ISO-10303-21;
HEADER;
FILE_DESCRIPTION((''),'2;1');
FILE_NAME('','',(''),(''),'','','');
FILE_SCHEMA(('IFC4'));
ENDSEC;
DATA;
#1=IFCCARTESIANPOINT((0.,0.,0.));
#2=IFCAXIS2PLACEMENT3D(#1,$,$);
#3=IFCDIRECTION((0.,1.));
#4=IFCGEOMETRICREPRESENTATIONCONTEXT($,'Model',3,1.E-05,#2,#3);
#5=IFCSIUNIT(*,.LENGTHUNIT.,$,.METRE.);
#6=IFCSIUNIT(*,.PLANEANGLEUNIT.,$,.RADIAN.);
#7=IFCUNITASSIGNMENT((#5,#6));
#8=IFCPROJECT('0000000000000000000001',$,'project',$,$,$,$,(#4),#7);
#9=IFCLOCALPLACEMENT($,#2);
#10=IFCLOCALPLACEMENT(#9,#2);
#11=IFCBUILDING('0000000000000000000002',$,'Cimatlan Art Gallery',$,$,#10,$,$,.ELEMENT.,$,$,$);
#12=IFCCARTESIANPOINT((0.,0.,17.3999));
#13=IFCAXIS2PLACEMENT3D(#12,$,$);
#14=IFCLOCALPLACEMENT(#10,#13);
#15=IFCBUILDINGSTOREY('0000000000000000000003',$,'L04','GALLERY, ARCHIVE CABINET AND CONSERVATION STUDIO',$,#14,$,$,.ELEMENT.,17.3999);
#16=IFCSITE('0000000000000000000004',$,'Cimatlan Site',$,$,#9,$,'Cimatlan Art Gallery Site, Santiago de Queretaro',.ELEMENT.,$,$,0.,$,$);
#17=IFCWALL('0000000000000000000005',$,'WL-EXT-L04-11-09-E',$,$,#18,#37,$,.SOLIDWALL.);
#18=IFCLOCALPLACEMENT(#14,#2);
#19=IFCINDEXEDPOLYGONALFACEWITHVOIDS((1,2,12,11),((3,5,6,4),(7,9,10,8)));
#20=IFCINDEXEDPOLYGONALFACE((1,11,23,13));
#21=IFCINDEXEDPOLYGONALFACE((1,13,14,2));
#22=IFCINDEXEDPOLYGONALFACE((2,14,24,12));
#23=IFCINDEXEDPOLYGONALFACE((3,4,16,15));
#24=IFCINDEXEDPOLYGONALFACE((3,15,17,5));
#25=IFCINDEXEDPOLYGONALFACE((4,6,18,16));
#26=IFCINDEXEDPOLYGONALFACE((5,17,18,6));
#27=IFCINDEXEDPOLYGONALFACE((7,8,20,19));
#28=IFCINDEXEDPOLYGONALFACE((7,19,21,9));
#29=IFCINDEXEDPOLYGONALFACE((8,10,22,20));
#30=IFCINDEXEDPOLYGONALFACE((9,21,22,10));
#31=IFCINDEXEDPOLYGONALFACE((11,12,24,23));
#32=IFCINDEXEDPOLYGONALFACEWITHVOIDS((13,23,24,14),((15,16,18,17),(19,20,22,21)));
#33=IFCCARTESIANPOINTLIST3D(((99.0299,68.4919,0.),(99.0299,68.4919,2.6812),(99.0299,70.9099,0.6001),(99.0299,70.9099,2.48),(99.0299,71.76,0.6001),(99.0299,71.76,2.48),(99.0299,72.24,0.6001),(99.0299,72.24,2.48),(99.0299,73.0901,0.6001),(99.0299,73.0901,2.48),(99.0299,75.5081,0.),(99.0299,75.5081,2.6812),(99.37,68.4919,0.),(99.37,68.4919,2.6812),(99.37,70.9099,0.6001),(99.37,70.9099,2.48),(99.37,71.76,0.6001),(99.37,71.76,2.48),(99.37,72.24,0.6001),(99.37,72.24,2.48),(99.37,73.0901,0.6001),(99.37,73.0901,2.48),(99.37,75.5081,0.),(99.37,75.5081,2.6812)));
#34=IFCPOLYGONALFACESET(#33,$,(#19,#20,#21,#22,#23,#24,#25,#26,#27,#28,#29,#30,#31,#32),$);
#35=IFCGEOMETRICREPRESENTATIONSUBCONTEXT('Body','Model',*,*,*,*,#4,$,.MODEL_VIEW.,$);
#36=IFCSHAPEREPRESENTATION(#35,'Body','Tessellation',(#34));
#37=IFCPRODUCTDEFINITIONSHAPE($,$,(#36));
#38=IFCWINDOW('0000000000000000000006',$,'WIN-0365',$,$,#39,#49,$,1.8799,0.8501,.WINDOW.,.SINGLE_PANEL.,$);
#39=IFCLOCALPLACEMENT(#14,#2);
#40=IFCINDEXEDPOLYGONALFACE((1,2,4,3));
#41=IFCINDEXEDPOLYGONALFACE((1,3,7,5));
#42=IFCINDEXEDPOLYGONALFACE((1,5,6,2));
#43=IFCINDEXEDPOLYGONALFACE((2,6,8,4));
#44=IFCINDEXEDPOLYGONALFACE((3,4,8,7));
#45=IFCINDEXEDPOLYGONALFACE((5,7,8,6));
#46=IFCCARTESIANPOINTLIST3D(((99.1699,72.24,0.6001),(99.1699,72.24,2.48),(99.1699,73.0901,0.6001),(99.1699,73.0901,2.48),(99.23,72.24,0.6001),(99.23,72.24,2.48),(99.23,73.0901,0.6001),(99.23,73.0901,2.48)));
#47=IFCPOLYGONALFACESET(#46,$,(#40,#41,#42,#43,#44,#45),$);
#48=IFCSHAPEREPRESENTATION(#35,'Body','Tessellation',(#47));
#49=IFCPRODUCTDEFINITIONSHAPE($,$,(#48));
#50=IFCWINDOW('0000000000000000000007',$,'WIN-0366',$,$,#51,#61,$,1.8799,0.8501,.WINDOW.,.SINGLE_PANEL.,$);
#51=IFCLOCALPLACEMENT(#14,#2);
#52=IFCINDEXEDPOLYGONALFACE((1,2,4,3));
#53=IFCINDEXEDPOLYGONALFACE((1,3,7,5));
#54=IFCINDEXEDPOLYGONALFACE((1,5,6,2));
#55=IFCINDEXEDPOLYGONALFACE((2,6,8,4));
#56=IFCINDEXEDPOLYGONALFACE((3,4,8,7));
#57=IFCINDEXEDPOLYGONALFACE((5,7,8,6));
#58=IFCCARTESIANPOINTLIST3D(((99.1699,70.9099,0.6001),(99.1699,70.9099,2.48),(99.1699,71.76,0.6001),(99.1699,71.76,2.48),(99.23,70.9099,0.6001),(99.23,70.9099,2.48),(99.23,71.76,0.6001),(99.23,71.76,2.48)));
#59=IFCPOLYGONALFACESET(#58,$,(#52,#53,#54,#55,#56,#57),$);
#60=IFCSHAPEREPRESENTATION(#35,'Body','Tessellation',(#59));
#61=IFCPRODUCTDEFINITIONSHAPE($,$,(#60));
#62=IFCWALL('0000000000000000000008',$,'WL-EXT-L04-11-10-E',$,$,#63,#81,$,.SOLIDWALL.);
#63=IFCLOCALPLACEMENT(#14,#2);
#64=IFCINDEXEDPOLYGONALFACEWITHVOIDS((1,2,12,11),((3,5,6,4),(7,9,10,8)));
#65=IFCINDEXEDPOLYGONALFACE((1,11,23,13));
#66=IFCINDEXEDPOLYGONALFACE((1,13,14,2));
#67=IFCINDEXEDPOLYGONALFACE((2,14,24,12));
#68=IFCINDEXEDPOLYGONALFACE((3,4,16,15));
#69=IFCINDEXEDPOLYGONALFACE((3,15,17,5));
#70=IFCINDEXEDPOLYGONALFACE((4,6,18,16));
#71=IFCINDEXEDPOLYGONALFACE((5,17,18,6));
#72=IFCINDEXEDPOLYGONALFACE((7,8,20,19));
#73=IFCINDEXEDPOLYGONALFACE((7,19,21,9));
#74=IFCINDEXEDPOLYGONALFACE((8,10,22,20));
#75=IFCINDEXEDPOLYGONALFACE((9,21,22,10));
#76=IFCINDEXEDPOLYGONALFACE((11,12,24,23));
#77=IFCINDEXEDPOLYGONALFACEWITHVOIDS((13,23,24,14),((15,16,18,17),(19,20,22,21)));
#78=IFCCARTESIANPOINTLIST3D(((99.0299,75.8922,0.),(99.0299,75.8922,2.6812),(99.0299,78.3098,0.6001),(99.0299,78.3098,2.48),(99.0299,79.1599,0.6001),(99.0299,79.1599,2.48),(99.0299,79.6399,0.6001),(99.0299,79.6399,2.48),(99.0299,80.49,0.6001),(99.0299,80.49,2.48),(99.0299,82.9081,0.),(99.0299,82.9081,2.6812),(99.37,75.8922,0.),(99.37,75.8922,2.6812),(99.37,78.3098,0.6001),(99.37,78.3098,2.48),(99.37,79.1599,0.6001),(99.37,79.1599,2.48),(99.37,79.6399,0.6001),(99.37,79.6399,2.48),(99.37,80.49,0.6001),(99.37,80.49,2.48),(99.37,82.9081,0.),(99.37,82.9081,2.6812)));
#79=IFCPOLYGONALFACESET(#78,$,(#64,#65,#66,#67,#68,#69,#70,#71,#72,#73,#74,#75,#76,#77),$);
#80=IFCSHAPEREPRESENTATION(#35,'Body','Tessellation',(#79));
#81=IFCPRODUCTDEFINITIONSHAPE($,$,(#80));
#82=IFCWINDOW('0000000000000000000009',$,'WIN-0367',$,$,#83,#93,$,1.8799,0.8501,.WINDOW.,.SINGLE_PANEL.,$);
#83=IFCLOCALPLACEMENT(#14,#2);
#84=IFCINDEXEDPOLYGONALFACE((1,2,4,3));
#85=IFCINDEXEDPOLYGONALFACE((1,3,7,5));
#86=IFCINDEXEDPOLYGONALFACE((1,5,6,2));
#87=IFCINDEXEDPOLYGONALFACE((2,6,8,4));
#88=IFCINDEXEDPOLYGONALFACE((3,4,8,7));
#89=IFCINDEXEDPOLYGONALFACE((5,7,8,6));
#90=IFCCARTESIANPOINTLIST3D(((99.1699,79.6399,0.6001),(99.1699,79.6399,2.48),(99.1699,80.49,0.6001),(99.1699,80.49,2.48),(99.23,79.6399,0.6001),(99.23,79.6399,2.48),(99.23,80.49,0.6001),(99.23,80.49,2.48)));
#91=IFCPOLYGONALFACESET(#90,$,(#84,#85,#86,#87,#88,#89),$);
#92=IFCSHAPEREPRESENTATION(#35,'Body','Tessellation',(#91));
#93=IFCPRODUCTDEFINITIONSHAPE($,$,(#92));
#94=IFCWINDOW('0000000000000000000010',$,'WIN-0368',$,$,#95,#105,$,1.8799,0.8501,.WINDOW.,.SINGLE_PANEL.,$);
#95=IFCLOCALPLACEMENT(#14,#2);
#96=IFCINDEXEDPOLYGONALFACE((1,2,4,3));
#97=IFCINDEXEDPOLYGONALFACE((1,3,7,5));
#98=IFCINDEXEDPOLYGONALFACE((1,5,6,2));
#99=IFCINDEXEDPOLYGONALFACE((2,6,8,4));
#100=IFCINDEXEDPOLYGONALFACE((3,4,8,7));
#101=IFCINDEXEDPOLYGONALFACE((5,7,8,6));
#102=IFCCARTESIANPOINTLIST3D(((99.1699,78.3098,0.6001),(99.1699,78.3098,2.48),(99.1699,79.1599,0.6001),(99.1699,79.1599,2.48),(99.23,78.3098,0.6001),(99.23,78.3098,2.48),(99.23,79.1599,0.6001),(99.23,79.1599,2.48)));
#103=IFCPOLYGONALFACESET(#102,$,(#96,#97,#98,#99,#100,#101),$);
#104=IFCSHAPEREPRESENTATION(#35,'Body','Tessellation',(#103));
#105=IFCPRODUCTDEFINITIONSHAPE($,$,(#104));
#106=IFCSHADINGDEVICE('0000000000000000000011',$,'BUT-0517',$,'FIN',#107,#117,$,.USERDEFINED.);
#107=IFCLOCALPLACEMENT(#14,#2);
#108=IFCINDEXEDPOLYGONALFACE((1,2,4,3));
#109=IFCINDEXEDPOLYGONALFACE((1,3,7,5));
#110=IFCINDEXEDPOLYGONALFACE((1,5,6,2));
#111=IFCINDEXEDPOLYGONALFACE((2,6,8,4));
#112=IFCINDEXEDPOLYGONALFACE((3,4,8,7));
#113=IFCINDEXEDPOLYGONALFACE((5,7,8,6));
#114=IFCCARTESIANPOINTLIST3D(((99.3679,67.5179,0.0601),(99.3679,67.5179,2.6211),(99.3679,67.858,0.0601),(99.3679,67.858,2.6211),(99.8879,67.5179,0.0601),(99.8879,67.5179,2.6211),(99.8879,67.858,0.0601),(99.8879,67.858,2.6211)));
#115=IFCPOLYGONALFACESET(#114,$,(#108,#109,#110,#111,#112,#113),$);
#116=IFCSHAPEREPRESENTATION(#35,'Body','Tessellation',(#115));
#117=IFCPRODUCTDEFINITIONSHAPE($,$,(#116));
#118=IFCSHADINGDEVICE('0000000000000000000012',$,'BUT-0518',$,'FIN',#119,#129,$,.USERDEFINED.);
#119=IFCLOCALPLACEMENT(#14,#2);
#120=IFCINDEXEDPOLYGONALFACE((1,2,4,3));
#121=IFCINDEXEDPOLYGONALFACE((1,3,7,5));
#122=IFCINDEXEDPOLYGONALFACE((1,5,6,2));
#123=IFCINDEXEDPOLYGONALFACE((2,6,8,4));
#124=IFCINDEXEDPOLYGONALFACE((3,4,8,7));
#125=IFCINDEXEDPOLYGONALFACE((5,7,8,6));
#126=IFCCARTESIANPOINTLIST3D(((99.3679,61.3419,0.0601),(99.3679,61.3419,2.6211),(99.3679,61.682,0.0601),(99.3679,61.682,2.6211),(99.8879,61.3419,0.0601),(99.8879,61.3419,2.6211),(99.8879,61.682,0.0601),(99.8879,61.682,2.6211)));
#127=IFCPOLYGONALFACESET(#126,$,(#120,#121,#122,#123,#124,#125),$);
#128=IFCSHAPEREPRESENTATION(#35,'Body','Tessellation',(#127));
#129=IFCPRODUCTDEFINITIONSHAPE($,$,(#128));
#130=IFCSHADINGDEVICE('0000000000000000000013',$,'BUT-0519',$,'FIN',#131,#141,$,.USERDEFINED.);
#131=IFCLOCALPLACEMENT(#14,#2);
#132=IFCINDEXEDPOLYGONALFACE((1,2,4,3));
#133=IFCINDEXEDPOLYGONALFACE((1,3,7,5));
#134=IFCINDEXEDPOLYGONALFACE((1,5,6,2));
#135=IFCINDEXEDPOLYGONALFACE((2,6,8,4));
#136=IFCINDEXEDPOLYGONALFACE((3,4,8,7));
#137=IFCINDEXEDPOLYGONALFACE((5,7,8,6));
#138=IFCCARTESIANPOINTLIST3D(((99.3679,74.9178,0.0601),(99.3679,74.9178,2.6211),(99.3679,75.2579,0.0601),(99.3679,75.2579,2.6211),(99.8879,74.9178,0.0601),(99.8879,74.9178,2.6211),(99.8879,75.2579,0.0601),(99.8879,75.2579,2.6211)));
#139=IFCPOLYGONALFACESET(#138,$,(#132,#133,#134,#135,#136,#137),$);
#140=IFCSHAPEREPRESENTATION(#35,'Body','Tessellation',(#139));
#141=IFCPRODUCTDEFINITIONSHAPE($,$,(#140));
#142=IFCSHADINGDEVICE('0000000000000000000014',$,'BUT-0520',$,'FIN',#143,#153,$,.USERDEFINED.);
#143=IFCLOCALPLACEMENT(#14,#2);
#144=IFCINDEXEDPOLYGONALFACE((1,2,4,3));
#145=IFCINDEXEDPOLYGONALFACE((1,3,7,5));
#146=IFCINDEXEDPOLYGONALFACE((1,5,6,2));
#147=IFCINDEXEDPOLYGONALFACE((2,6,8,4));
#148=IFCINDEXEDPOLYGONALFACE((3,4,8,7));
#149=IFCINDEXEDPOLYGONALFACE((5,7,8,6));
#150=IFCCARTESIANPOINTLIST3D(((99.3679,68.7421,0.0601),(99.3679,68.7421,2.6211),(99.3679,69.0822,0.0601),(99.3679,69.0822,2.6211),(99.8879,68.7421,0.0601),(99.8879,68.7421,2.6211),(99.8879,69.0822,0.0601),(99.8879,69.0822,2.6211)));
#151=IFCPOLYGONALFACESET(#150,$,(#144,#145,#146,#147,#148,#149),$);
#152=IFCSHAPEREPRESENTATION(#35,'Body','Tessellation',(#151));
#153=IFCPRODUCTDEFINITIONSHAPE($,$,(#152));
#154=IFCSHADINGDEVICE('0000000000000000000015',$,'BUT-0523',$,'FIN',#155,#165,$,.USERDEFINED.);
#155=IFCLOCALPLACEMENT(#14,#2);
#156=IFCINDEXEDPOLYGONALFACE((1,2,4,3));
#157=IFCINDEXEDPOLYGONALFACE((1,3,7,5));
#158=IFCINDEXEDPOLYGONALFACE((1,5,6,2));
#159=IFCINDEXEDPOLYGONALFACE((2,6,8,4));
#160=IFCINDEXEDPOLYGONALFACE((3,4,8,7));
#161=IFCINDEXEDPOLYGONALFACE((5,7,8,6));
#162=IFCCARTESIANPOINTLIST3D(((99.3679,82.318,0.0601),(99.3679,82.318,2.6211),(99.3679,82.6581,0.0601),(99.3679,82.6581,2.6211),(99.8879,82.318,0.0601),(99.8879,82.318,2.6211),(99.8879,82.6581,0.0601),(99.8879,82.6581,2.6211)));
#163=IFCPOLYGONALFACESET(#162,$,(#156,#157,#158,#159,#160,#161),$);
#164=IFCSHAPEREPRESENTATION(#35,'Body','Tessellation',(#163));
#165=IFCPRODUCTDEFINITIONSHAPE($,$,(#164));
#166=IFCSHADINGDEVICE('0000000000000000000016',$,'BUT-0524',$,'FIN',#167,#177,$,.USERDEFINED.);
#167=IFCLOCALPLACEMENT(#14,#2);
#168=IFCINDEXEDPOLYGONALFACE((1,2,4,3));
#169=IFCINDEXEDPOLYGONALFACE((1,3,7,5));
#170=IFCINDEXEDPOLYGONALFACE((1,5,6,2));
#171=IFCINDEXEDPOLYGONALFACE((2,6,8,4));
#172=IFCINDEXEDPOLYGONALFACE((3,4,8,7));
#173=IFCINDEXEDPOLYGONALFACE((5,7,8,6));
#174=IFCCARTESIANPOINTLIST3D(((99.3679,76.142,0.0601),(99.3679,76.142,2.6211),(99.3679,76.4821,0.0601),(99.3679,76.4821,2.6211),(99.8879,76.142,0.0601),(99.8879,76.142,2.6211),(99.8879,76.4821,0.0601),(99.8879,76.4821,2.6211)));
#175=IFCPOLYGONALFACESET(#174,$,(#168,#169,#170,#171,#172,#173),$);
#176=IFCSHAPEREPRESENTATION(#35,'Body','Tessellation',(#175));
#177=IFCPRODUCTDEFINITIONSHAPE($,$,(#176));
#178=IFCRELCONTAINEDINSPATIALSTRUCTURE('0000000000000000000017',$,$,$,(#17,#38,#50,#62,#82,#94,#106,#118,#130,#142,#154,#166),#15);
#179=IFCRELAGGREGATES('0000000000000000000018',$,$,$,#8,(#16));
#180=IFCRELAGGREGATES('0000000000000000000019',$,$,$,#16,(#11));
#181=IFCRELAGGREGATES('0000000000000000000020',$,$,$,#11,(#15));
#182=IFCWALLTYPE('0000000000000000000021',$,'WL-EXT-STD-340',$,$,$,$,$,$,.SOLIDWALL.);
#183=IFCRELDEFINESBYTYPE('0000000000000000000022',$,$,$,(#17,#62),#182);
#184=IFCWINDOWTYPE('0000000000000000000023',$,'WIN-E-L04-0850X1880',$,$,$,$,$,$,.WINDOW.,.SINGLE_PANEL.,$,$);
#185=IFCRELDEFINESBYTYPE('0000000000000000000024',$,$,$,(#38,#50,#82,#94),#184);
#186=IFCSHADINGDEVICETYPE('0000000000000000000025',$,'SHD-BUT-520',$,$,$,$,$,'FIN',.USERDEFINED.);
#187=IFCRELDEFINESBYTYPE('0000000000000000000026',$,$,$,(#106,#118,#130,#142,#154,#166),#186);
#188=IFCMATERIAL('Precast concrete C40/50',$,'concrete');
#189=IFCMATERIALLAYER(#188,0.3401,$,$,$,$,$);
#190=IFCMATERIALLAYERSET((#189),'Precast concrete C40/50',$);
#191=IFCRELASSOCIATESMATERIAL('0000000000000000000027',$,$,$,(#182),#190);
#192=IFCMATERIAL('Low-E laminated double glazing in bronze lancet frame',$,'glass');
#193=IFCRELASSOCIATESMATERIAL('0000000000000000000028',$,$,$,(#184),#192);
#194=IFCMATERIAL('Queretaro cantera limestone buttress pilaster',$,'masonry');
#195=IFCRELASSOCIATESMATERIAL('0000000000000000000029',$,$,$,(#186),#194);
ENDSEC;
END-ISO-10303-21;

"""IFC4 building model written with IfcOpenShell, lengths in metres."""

from ifc_helpers import new_model, si_unit, direction, frame, frame_2d, origin, origin_2d, place, context, subcontext, project, spatial, rectangle, extrude, material, layer, layer_set, type_object, element, fill, save


model = new_model("IFC4")

# Units and contexts
model_context = context("Model", 3, precision=1e-05, world=origin(), true_north=direction((0.0, 1.0)))
body_context = subcontext(model_context, "Body", "Model", "MODEL_VIEW")
ifc_project = project(units=[si_unit("LENGTHUNIT", "METRE"), si_unit("PLANEANGLEUNIT", "RADIAN")], contexts=[model_context])

# Site, building, storey
site_placement = place(None, origin())
site = spatial("IfcSite", under=ifc_project, at=site_placement, Name="Cimatlan Site", LongName="Cimatlan Art Gallery Site, Santiago de Queretaro", CompositionType="ELEMENT", RefElevation=0.0)
building_placement = place(site_placement, origin())
building = spatial("IfcBuilding", under=site, at=building_placement, Name="Cimatlan Art Gallery", CompositionType="ELEMENT")
storey_placement = place(building_placement, frame((0.0, 0.0, 17.3999)))
storey = spatial("IfcBuildingStorey", under=building, at=storey_placement, Name="L04", Description="GALLERY, ARCHIVE CABINET AND CONSERVATION STUDIO", CompositionType="ELEMENT", Elevation=17.3999)

# Walls, openings, windows
ifc_material_1 = material(Name="Precast concrete C40/50", Category="concrete")
ifc_layer = layer(ifc_material_1, 0.3401)
ifc_layer_set = layer_set([ifc_layer], Name="Precast concrete C40/50")
wall_type = type_object("IfcWallType", Name="WL-EXT-STD-340", PredefinedType="SOLIDWALL", material=ifc_layer_set)
ifc_material_2 = material(Name="Low-E laminated double glazing in bronze lancet frame", Category="glass")
window_type = type_object("IfcWindowType", Name="WIN-E-L04-0850X1880", PartitioningType="SINGLE_PANEL", PredefinedType="WINDOW", material=ifc_material_2)
wall_1_placement = place(storey_placement, frame((99.2, 75.5081, 0.0), z_axis=(0.0, 0.0, 1.0), x_axis=(0.0, -1.0, 0.0)))
wall_1 = element("IfcWall", 1, at=wall_1_placement, inside=storey, type_object=wall_type, Name="WL-EXT-L04-11-09-E", PredefinedType="SOLIDWALL", context=body_context, shape_type="SweptSolid", body=[
    extrude(rectangle(XDim=7.0161, YDim=0.3401, at=frame_2d((3.5081, 0.0))), origin(), (0.0, 0.0, 1.0), 2.6812),
])
opening_1_placement = place(wall_1_placement, frame((2.418, 0.0, 0.6001)))
opening_1 = element("IfcOpeningElement", 2, at=opening_1_placement, cuts=wall_1, PredefinedType="OPENING", context=body_context, shape_type="SweptSolid", body=[
    extrude(rectangle(XDim=0.8501, YDim=1.8799, at=frame_2d((0.425, 0.9399))), frame((0.0, 0.1802, 0.0), z_axis=(0.0, -1.0, 0.0), x_axis=(1.0, 0.0, 0.0)), (0.0, 0.0, 1.0), 0.3601),
])
opening_2_placement = place(wall_1_placement, frame((3.748, 0.0, 0.6001)))
opening_2 = element("IfcOpeningElement", 3, at=opening_2_placement, cuts=wall_1, PredefinedType="OPENING", context=body_context, shape_type="SweptSolid", body=[
    extrude(rectangle(XDim=0.8501, YDim=1.8799, at=frame_2d((0.425, 0.9399))), frame((0.0, 0.1802, 0.0), z_axis=(0.0, -1.0, 0.0), x_axis=(1.0, 0.0, 0.0)), (0.0, 0.0, 1.0), 0.3601),
])
window_1_placement = place(opening_1_placement, origin())
window_1 = element("IfcWindow", 4, at=window_1_placement, inside=storey, type_object=window_type, Name="WIN-0365", OverallHeight=1.8799, OverallWidth=0.8501, PartitioningType="SINGLE_PANEL", PredefinedType="WINDOW", context=body_context, shape_type="SweptSolid", body=[
    extrude(rectangle(XDim=0.8501, YDim=1.8799, at=frame_2d((0.425, 0.9399))), frame((0.0, 0.03, 0.0), z_axis=(0.0, -1.0, 0.0), x_axis=(1.0, 0.0, 0.0)), (0.0, 0.0, 1.0), 0.0601),
])
fill(opening_1, window_1)
window_2_placement = place(opening_2_placement, origin())
window_2 = element("IfcWindow", 5, at=window_2_placement, inside=storey, type_object=window_type, Name="WIN-0366", OverallHeight=1.8799, OverallWidth=0.8501, PartitioningType="SINGLE_PANEL", PredefinedType="WINDOW", context=body_context, shape_type="SweptSolid", body=[
    extrude(rectangle(XDim=0.8501, YDim=1.8799, at=frame_2d((0.425, 0.9399))), frame((0.0, 0.03, 0.0), z_axis=(0.0, -1.0, 0.0), x_axis=(1.0, 0.0, 0.0)), (0.0, 0.0, 1.0), 0.0601),
])
fill(opening_2, window_2)
wall_2_placement = place(storey_placement, frame((99.2, 82.908, 0.0), z_axis=(0.0, 0.0, 1.0), x_axis=(0.0, -1.0, 0.0)))
wall_2 = element("IfcWall", 6, at=wall_2_placement, inside=storey, type_object=wall_type, Name="WL-EXT-L04-11-10-E", PredefinedType="SOLIDWALL", context=body_context, shape_type="SweptSolid", body=[
    extrude(rectangle(XDim=7.0159, YDim=0.3401, at=frame_2d((3.5078, 0.0))), origin(), (0.0, 0.0, 1.0), 2.6812),
])
opening_3_placement = place(wall_2_placement, frame((2.418, 0.0, 0.6001)))
opening_3 = element("IfcOpeningElement", 7, at=opening_3_placement, cuts=wall_2, PredefinedType="OPENING", context=body_context, shape_type="SweptSolid", body=[
    extrude(rectangle(XDim=0.8501, YDim=1.8799, at=frame_2d((0.425, 0.9399))), frame((0.0, 0.1802, 0.0), z_axis=(0.0, -1.0, 0.0), x_axis=(1.0, 0.0, 0.0)), (0.0, 0.0, 1.0), 0.3601),
])
opening_4_placement = place(wall_2_placement, frame((3.748, 0.0, 0.6001)))
opening_4 = element("IfcOpeningElement", 8, at=opening_4_placement, cuts=wall_2, PredefinedType="OPENING", context=body_context, shape_type="SweptSolid", body=[
    extrude(rectangle(XDim=0.8501, YDim=1.8799, at=frame_2d((0.425, 0.9399))), frame((0.0, 0.1802, 0.0), z_axis=(0.0, -1.0, 0.0), x_axis=(1.0, 0.0, 0.0)), (0.0, 0.0, 1.0), 0.3601),
])
window_3_placement = place(opening_3_placement, origin())
window_3 = element("IfcWindow", 9, at=window_3_placement, inside=storey, type_object=window_type, Name="WIN-0367", OverallHeight=1.8799, OverallWidth=0.8501, PartitioningType="SINGLE_PANEL", PredefinedType="WINDOW", context=body_context, shape_type="SweptSolid", body=[
    extrude(rectangle(XDim=0.8501, YDim=1.8799, at=frame_2d((0.425, 0.9399))), frame((0.0, 0.03, 0.0), z_axis=(0.0, -1.0, 0.0), x_axis=(1.0, 0.0, 0.0)), (0.0, 0.0, 1.0), 0.0601),
])
fill(opening_3, window_3)
window_4_placement = place(opening_4_placement, origin())
window_4 = element("IfcWindow", 10, at=window_4_placement, inside=storey, type_object=window_type, Name="WIN-0368", OverallHeight=1.8799, OverallWidth=0.8501, PartitioningType="SINGLE_PANEL", PredefinedType="WINDOW", context=body_context, shape_type="SweptSolid", body=[
    extrude(rectangle(XDim=0.8501, YDim=1.8799, at=frame_2d((0.425, 0.9399))), frame((0.0, 0.03, 0.0), z_axis=(0.0, -1.0, 0.0), x_axis=(1.0, 0.0, 0.0)), (0.0, 0.0, 1.0), 0.0601),
])
fill(opening_4, window_4)

# Shading devices
ifc_material_3 = material(Name="Queretaro cantera limestone buttress pilaster", Category="masonry")
shading_device_type = type_object("IfcShadingDeviceType", Name="SHD-BUT-520", ElementType="FIN", PredefinedType="USERDEFINED", material=ifc_material_3)
for number, where, z_axis, x_axis, name in (
    (11, (99.6279, 67.688, 0.0601), (0.0, 0.0, 1.0), (0.0, -1.0, 0.0), "BUT-0517"),
    (12, (99.6279, 61.512, 0.0601), (0.0, 0.0, 1.0), (0.0, -1.0, 0.0), "BUT-0518"),
    (13, (99.6279, 75.0879, 0.0601), (0.0, 0.0, 1.0), (0.0, -1.0, 0.0), "BUT-0519"),
    (14, (99.6279, 68.9121, 0.0601), (0.0, 0.0, 1.0), (0.0, -1.0, 0.0), "BUT-0520"),
    (15, (99.6279, 82.488, 0.0601), (0.0, 0.0, 1.0), (0.0, -1.0, 0.0), "BUT-0523"),
    (16, (99.6279, 76.312, 0.0601), (0.0, 0.0, 1.0), (0.0, -1.0, 0.0), "BUT-0524"),
):
    element("IfcShadingDevice", number, at=place(storey_placement, frame(where, z_axis=z_axis, x_axis=x_axis)), inside=storey, type_object=shading_device_type, Name=name, ObjectType="FIN", PredefinedType="USERDEFINED", context=body_context, shape_type="SweptSolid", body=[
        extrude(rectangle(XDim=0.3401, YDim=0.52, at=origin_2d()), origin(), (0.0, 0.0, 1.0), 2.561),
    ])

save(model, "model.ifc")
